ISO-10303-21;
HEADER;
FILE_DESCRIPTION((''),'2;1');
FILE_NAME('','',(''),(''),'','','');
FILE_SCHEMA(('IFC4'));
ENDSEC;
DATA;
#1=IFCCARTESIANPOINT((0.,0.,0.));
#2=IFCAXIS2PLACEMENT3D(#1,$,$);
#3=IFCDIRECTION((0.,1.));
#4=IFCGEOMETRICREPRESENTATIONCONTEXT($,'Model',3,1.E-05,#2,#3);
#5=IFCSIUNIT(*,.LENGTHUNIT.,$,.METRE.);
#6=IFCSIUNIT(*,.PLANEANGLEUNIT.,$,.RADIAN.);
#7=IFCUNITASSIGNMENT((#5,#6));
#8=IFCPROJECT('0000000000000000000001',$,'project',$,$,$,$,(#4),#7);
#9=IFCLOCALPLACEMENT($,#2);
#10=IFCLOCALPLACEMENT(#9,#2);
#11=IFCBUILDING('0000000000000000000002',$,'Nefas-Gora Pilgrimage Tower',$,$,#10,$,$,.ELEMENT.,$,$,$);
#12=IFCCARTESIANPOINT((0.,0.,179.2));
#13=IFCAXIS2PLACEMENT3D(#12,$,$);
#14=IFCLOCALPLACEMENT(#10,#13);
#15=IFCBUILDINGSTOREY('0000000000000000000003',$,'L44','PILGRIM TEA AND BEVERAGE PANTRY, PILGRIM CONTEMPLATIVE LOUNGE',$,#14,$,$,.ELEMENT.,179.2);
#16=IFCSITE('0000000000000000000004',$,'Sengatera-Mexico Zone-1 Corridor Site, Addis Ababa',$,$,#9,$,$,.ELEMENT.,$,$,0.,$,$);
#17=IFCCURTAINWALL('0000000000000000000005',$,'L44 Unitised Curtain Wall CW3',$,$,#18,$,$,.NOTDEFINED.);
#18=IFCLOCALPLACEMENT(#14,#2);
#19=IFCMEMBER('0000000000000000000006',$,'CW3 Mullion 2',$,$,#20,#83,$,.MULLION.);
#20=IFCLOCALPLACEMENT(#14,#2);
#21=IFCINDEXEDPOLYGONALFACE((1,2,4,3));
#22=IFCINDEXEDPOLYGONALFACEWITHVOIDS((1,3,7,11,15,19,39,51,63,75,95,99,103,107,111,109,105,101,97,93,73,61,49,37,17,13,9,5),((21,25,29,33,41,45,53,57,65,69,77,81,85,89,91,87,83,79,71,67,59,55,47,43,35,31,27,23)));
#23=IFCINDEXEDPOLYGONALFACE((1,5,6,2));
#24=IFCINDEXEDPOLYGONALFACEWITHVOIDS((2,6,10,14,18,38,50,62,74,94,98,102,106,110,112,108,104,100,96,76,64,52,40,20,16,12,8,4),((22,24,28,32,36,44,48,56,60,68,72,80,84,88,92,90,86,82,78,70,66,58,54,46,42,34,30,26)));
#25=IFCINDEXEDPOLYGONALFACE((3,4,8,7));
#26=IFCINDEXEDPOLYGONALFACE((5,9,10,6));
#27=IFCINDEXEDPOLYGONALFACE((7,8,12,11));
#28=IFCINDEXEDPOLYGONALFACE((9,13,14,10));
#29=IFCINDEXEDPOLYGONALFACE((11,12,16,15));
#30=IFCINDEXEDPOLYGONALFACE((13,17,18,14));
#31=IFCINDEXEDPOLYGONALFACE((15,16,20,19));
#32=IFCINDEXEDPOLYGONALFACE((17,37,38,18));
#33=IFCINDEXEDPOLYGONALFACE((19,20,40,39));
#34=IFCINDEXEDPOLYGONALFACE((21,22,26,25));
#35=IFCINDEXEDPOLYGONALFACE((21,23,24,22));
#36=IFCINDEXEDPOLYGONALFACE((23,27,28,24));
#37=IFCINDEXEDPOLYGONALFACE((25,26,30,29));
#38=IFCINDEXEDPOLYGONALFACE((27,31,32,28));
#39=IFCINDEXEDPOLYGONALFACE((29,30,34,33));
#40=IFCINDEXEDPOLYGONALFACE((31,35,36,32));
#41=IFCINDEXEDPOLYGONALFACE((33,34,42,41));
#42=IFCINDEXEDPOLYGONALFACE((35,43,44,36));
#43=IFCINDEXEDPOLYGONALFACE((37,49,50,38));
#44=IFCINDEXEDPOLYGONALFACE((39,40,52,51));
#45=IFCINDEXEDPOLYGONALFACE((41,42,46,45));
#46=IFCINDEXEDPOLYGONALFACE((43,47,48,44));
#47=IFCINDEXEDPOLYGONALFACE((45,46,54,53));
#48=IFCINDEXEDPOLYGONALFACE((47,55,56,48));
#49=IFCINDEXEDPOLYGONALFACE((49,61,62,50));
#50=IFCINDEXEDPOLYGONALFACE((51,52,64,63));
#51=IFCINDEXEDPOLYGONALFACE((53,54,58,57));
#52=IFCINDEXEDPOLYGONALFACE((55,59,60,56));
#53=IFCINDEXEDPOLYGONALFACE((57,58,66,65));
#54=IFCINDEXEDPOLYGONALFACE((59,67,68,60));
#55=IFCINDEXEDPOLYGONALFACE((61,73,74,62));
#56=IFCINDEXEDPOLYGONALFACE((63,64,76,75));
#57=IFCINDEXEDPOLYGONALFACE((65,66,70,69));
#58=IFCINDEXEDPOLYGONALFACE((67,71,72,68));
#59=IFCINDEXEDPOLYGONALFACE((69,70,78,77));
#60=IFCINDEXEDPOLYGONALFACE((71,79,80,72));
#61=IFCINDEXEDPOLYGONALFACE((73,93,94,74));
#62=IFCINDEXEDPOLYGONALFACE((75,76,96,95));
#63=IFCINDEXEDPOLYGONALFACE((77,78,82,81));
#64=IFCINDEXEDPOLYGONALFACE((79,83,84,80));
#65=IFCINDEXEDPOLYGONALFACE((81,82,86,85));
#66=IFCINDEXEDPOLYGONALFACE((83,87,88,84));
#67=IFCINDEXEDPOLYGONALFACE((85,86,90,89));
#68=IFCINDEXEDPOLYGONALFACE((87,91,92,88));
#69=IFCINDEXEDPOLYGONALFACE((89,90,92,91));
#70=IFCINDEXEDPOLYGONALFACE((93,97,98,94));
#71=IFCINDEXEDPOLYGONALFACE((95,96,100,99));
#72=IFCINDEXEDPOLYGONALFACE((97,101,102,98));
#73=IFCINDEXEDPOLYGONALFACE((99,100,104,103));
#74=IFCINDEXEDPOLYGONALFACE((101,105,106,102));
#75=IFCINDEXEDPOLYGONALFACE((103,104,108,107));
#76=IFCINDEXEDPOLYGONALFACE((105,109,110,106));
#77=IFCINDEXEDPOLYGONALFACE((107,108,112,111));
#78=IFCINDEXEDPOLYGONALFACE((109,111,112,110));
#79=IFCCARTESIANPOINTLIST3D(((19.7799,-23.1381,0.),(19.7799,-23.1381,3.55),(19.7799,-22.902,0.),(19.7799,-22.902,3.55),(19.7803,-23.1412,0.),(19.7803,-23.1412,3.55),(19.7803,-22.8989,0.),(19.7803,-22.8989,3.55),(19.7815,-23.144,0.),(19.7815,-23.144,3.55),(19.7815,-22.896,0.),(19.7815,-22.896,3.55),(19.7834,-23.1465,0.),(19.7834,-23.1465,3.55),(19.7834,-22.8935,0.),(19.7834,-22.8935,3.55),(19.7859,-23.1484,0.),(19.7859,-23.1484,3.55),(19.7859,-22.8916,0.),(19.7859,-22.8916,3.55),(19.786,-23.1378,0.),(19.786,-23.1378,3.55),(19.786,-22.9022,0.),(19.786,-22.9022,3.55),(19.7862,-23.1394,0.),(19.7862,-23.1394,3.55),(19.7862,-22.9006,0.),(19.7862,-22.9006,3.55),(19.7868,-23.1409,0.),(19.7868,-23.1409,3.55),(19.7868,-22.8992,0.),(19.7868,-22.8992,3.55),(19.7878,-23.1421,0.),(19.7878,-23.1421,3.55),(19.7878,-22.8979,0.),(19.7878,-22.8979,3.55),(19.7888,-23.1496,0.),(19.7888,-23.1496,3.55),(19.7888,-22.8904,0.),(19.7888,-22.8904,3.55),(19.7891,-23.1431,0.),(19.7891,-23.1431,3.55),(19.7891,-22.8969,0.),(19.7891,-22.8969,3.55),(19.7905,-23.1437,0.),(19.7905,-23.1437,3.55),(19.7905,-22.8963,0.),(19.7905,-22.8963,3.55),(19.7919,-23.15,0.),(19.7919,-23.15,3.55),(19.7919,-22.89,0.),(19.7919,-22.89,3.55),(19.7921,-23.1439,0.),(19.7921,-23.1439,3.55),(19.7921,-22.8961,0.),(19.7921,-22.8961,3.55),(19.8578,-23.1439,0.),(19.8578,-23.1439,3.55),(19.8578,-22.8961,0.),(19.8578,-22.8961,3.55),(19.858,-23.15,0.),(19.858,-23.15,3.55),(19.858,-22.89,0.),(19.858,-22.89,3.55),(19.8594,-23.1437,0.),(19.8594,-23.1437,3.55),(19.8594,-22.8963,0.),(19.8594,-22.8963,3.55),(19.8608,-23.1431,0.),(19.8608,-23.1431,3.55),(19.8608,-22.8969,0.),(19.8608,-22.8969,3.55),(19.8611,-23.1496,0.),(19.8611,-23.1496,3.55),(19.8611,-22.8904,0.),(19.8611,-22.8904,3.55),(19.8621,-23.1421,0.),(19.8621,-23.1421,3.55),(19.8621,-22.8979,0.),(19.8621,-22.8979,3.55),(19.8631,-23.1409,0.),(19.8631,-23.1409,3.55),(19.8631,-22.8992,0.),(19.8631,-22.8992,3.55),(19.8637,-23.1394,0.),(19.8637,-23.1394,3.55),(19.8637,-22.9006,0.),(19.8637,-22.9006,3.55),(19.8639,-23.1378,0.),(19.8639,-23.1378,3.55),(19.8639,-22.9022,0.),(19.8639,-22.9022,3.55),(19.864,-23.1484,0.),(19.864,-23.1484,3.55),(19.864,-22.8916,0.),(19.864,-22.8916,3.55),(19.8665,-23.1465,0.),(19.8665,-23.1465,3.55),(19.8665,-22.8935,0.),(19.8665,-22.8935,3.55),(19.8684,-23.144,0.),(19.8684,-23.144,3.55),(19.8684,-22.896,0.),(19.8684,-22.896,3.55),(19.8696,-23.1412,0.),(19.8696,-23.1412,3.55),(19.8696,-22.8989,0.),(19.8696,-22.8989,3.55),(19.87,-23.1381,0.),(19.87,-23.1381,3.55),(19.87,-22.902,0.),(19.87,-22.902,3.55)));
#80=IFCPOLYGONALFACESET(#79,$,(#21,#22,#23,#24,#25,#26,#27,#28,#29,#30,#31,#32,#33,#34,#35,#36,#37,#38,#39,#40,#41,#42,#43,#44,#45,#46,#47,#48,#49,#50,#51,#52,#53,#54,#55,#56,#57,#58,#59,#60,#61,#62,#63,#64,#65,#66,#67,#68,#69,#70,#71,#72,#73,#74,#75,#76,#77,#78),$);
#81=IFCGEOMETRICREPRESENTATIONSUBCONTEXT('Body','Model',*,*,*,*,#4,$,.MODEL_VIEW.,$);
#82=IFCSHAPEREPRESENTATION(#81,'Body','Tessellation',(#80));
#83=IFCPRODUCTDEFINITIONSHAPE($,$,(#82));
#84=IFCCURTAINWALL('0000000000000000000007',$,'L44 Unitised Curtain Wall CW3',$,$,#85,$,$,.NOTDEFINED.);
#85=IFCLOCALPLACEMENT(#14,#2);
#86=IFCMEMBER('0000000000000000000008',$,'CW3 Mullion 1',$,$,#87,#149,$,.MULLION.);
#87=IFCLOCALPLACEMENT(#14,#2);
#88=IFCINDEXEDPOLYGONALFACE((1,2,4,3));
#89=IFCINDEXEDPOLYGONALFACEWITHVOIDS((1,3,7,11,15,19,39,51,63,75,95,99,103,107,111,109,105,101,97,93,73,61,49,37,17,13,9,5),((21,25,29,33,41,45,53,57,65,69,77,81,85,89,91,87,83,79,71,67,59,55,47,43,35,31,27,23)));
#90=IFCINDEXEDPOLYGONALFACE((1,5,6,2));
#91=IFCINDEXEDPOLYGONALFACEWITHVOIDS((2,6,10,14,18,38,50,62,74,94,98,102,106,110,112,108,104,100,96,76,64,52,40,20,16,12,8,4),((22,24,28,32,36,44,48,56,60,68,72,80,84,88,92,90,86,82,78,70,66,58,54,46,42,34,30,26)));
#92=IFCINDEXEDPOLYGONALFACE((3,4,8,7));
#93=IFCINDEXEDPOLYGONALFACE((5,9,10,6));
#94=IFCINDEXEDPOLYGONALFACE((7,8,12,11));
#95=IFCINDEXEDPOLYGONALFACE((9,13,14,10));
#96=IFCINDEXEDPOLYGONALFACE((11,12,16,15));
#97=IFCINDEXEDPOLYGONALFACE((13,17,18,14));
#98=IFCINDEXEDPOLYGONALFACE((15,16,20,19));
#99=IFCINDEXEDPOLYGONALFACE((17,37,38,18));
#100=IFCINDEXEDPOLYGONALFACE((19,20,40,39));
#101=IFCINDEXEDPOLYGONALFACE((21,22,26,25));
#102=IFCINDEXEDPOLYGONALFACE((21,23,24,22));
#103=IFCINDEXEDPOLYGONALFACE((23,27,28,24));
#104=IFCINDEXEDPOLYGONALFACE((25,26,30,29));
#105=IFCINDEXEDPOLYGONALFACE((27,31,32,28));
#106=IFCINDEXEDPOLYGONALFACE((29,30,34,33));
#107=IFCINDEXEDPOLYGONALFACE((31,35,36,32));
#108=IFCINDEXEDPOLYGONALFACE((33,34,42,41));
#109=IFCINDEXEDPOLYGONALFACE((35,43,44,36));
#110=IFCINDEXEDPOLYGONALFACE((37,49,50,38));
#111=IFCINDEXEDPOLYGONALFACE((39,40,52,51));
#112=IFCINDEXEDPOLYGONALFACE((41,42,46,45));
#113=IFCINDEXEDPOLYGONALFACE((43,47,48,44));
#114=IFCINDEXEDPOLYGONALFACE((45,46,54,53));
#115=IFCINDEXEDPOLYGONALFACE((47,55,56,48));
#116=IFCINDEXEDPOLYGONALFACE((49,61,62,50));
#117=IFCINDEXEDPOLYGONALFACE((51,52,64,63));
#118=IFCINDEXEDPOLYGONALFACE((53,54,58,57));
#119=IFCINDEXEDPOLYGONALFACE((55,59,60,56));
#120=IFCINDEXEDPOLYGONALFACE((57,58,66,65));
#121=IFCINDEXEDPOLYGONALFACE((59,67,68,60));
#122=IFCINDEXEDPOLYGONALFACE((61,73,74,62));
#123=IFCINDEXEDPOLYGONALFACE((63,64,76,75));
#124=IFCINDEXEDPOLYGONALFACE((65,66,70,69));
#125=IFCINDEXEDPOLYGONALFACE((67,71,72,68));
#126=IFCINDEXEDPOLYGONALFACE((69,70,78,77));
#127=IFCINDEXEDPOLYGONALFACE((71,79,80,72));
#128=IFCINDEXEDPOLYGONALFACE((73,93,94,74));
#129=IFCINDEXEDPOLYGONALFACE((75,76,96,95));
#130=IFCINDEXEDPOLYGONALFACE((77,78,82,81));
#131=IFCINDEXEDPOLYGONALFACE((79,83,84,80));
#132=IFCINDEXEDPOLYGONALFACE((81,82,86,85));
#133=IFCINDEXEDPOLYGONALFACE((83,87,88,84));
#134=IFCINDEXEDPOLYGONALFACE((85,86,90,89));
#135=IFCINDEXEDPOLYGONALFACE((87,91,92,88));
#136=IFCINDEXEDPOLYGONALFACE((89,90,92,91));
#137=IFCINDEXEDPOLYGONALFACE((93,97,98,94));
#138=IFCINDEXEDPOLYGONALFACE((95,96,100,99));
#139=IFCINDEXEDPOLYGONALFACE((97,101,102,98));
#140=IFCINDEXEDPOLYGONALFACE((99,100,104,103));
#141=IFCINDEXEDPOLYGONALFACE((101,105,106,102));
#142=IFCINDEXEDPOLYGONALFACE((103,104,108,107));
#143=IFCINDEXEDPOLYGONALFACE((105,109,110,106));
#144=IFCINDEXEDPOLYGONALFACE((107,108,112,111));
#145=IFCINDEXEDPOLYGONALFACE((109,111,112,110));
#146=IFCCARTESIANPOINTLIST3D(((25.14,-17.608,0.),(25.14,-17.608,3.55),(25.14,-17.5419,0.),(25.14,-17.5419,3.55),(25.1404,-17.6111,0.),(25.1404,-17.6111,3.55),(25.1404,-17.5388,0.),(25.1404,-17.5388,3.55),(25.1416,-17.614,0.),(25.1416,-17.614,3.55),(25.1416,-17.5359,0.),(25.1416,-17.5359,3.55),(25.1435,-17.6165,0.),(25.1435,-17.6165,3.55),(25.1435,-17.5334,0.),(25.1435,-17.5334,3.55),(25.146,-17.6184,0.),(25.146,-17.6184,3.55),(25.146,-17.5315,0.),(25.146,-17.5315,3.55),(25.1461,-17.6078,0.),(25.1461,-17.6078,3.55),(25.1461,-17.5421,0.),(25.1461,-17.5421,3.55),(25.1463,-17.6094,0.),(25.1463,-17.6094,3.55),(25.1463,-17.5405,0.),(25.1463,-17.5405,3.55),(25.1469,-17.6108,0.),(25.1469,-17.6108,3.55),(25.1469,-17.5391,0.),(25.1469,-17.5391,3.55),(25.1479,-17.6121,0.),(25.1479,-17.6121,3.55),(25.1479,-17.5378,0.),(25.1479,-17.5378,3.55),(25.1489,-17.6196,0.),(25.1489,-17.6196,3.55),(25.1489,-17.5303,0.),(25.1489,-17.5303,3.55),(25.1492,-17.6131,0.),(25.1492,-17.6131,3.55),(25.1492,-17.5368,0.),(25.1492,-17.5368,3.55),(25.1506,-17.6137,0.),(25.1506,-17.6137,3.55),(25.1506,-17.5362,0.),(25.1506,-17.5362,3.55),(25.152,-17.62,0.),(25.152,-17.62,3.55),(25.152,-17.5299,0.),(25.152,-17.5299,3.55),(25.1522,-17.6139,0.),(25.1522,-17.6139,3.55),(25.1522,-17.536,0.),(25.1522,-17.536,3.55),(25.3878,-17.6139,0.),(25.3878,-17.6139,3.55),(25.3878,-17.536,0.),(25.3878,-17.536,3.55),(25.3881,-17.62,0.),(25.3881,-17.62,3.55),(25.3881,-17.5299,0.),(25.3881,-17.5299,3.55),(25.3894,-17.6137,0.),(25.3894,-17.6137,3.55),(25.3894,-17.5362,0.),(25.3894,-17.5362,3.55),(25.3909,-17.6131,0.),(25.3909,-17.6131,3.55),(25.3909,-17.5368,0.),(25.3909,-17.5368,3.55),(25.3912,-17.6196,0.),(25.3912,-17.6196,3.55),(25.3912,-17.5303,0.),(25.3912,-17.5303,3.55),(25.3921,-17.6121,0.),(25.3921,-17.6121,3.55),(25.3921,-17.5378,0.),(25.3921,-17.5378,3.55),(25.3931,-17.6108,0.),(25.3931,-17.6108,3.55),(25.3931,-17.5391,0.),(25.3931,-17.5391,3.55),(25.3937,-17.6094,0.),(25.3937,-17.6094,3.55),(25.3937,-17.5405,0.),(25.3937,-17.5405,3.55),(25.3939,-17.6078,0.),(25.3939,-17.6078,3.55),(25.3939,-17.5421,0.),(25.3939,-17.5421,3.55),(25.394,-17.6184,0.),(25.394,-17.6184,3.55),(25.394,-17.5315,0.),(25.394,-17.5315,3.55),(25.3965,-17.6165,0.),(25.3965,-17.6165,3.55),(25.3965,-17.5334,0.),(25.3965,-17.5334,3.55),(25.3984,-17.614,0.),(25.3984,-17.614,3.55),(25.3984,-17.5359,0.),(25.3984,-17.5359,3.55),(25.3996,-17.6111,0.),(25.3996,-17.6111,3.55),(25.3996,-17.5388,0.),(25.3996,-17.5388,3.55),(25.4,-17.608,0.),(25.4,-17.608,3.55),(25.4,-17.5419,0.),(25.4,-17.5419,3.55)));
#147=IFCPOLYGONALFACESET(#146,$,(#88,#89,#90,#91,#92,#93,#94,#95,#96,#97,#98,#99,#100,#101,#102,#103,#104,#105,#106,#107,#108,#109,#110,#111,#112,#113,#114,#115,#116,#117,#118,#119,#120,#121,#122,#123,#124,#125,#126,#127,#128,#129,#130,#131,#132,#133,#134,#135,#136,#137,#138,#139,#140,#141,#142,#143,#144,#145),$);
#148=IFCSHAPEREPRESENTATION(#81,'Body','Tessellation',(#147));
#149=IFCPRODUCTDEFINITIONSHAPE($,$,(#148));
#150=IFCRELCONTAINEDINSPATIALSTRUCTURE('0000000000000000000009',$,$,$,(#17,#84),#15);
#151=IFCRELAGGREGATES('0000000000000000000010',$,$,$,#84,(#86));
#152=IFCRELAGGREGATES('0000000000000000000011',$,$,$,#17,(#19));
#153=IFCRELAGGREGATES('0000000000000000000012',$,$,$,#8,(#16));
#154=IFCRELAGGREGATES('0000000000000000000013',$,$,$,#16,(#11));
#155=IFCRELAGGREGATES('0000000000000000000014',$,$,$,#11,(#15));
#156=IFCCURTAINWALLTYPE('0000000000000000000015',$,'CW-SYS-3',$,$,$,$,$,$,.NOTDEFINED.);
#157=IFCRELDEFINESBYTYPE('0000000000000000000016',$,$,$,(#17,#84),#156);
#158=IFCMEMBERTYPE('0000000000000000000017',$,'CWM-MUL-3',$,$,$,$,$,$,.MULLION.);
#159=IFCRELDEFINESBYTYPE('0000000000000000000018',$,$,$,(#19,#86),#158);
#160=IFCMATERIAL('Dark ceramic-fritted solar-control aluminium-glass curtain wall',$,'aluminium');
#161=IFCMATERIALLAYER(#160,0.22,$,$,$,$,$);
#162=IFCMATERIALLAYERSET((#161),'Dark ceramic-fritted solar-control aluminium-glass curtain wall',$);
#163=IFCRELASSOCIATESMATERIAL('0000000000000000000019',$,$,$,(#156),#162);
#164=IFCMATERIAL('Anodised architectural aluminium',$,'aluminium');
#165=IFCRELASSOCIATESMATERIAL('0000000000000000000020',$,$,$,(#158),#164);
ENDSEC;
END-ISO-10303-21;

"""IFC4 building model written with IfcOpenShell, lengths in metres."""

from ifc_helpers import new_model, si_unit, direction, frame, origin, origin_2d, place, context, subcontext, project, spatial, hollow_rectangle, extrude, source, transform, mapped, material, layer, layer_set, material_profile, profile_set, type_object, element, aggregate, save


model = new_model("IFC4")

# Units and contexts
model_context = context("Model", 3, precision=1e-05, world=origin(), true_north=direction((0.0, 1.0)))
body_context = subcontext(model_context, "Body", "Model", "MODEL_VIEW")
ifc_project = project(units=[si_unit("LENGTHUNIT", "METRE"), si_unit("PLANEANGLEUNIT", "RADIAN")], contexts=[model_context])

# Site, building, storey
site_placement = place(None, origin())
site = spatial("IfcSite", under=ifc_project, at=site_placement, Name="Sengatera-Mexico Zone-1 Corridor Site, Addis Ababa", CompositionType="ELEMENT", RefElevation=0.0)
building_placement = place(site_placement, origin())
building = spatial("IfcBuilding", under=site, at=building_placement, Name="Nefas-Gora Pilgrimage Tower", CompositionType="ELEMENT")
storey_placement = place(building_placement, frame((0.0, 0.0, 179.2)))
storey = spatial("IfcBuildingStorey", under=building, at=storey_placement, Name="L44", Description="PILGRIM TEA AND BEVERAGE PANTRY, PILGRIM CONTEMPLATIVE LOUNGE", CompositionType="ELEMENT", Elevation=179.2)

# Curtain wall, member
ifc_material_1 = material(Name="Dark ceramic-fritted solar-control aluminium-glass curtain wall", Category="aluminium")
ifc_layer_1 = layer(ifc_material_1, 0.22)
ifc_layer_set_1 = layer_set([ifc_layer_1], Name="Dark ceramic-fritted solar-control aluminium-glass curtain wall")
curtain_wall_type = type_object("IfcCurtainWallType", Name="CW-SYS-3", PredefinedType="NOTDEFINED", material=ifc_layer_set_1)
curtain_wall_1_placement = place(storey_placement, origin())
curtain_wall_1 = element("IfcCurtainWall", 1, at=curtain_wall_1_placement, inside=storey, type_object=curtain_wall_type, Name="L44 Unitised Curtain Wall CW3", PredefinedType="NOTDEFINED")
ifc_material_2 = material(Name="Anodised architectural aluminium", Category="aluminium")
ifc_material_profile_1 = material_profile(ifc_material_2, hollow_rectangle(XDim=0.0901, YDim=0.26, WallThickness=0.0061, InnerFilletRadius=0.0061, OuterFilletRadius=0.012, at=origin_2d()), Name="ALU MULLION 90x260")
ifc_profile_set_1 = profile_set([ifc_material_profile_1], Name="Anodised architectural aluminium")
member_type_1 = type_object("IfcMemberType", Name="CWM-MUL-3", PredefinedType="MULLION", material=ifc_profile_set_1)
shared_shape_1 = source(origin(), body_context, "Body", "SweptSolid", [
    extrude(hollow_rectangle(XDim=0.0901, YDim=0.26, WallThickness=0.0061, InnerFilletRadius=0.0061, OuterFilletRadius=0.012, at=origin_2d()), origin(), (0.0, 0.0, 1.0), 3.55),
])
member_1_placement = place(storey_placement, frame((19.825, -23.02, 0.0), z_axis=(0.0, 0.0, 1.0), x_axis=(1.0, 0.0, 0.0)))
member_1 = element("IfcMember", 2, at=member_1_placement, type_object=member_type_1, Name="CW3 Mullion 2", PredefinedType="MULLION", context=body_context, shape_type="MappedRepresentation", body=[
    mapped(shared_shape_1, transform((0.0, 0.0, 0.0), x_axis=(1.0, 0.0, 0.0), y_axis=(0.0, 1.0, 0.0), z_axis=(0.0, 0.0, 1.0), scale=1.0)),
])

# Curtain wall, member
curtain_wall_2_placement = place(storey_placement, origin())
curtain_wall_2 = element("IfcCurtainWall", 3, at=curtain_wall_2_placement, inside=storey, type_object=curtain_wall_type, Name="L44 Unitised Curtain Wall CW3", PredefinedType="NOTDEFINED")
member_2_placement = place(storey_placement, frame((25.27, -17.575, 0.0), z_axis=(0.0, 0.0, 1.0), x_axis=(0.0, 1.0, 0.0)))
member_2 = element("IfcMember", 4, at=member_2_placement, type_object=member_type_1, Name="CW3 Mullion 1", PredefinedType="MULLION", context=body_context, shape_type="MappedRepresentation", body=[
    mapped(shared_shape_1, transform((0.0, 0.0, 0.0), x_axis=(1.0, 0.0, 0.0), y_axis=(0.0, 1.0, 0.0), z_axis=(0.0, 0.0, 1.0), scale=1.0)),
])

aggregate(curtain_wall_2, [member_2])

aggregate(curtain_wall_1, [member_1])

save(model, "model.ifc")
